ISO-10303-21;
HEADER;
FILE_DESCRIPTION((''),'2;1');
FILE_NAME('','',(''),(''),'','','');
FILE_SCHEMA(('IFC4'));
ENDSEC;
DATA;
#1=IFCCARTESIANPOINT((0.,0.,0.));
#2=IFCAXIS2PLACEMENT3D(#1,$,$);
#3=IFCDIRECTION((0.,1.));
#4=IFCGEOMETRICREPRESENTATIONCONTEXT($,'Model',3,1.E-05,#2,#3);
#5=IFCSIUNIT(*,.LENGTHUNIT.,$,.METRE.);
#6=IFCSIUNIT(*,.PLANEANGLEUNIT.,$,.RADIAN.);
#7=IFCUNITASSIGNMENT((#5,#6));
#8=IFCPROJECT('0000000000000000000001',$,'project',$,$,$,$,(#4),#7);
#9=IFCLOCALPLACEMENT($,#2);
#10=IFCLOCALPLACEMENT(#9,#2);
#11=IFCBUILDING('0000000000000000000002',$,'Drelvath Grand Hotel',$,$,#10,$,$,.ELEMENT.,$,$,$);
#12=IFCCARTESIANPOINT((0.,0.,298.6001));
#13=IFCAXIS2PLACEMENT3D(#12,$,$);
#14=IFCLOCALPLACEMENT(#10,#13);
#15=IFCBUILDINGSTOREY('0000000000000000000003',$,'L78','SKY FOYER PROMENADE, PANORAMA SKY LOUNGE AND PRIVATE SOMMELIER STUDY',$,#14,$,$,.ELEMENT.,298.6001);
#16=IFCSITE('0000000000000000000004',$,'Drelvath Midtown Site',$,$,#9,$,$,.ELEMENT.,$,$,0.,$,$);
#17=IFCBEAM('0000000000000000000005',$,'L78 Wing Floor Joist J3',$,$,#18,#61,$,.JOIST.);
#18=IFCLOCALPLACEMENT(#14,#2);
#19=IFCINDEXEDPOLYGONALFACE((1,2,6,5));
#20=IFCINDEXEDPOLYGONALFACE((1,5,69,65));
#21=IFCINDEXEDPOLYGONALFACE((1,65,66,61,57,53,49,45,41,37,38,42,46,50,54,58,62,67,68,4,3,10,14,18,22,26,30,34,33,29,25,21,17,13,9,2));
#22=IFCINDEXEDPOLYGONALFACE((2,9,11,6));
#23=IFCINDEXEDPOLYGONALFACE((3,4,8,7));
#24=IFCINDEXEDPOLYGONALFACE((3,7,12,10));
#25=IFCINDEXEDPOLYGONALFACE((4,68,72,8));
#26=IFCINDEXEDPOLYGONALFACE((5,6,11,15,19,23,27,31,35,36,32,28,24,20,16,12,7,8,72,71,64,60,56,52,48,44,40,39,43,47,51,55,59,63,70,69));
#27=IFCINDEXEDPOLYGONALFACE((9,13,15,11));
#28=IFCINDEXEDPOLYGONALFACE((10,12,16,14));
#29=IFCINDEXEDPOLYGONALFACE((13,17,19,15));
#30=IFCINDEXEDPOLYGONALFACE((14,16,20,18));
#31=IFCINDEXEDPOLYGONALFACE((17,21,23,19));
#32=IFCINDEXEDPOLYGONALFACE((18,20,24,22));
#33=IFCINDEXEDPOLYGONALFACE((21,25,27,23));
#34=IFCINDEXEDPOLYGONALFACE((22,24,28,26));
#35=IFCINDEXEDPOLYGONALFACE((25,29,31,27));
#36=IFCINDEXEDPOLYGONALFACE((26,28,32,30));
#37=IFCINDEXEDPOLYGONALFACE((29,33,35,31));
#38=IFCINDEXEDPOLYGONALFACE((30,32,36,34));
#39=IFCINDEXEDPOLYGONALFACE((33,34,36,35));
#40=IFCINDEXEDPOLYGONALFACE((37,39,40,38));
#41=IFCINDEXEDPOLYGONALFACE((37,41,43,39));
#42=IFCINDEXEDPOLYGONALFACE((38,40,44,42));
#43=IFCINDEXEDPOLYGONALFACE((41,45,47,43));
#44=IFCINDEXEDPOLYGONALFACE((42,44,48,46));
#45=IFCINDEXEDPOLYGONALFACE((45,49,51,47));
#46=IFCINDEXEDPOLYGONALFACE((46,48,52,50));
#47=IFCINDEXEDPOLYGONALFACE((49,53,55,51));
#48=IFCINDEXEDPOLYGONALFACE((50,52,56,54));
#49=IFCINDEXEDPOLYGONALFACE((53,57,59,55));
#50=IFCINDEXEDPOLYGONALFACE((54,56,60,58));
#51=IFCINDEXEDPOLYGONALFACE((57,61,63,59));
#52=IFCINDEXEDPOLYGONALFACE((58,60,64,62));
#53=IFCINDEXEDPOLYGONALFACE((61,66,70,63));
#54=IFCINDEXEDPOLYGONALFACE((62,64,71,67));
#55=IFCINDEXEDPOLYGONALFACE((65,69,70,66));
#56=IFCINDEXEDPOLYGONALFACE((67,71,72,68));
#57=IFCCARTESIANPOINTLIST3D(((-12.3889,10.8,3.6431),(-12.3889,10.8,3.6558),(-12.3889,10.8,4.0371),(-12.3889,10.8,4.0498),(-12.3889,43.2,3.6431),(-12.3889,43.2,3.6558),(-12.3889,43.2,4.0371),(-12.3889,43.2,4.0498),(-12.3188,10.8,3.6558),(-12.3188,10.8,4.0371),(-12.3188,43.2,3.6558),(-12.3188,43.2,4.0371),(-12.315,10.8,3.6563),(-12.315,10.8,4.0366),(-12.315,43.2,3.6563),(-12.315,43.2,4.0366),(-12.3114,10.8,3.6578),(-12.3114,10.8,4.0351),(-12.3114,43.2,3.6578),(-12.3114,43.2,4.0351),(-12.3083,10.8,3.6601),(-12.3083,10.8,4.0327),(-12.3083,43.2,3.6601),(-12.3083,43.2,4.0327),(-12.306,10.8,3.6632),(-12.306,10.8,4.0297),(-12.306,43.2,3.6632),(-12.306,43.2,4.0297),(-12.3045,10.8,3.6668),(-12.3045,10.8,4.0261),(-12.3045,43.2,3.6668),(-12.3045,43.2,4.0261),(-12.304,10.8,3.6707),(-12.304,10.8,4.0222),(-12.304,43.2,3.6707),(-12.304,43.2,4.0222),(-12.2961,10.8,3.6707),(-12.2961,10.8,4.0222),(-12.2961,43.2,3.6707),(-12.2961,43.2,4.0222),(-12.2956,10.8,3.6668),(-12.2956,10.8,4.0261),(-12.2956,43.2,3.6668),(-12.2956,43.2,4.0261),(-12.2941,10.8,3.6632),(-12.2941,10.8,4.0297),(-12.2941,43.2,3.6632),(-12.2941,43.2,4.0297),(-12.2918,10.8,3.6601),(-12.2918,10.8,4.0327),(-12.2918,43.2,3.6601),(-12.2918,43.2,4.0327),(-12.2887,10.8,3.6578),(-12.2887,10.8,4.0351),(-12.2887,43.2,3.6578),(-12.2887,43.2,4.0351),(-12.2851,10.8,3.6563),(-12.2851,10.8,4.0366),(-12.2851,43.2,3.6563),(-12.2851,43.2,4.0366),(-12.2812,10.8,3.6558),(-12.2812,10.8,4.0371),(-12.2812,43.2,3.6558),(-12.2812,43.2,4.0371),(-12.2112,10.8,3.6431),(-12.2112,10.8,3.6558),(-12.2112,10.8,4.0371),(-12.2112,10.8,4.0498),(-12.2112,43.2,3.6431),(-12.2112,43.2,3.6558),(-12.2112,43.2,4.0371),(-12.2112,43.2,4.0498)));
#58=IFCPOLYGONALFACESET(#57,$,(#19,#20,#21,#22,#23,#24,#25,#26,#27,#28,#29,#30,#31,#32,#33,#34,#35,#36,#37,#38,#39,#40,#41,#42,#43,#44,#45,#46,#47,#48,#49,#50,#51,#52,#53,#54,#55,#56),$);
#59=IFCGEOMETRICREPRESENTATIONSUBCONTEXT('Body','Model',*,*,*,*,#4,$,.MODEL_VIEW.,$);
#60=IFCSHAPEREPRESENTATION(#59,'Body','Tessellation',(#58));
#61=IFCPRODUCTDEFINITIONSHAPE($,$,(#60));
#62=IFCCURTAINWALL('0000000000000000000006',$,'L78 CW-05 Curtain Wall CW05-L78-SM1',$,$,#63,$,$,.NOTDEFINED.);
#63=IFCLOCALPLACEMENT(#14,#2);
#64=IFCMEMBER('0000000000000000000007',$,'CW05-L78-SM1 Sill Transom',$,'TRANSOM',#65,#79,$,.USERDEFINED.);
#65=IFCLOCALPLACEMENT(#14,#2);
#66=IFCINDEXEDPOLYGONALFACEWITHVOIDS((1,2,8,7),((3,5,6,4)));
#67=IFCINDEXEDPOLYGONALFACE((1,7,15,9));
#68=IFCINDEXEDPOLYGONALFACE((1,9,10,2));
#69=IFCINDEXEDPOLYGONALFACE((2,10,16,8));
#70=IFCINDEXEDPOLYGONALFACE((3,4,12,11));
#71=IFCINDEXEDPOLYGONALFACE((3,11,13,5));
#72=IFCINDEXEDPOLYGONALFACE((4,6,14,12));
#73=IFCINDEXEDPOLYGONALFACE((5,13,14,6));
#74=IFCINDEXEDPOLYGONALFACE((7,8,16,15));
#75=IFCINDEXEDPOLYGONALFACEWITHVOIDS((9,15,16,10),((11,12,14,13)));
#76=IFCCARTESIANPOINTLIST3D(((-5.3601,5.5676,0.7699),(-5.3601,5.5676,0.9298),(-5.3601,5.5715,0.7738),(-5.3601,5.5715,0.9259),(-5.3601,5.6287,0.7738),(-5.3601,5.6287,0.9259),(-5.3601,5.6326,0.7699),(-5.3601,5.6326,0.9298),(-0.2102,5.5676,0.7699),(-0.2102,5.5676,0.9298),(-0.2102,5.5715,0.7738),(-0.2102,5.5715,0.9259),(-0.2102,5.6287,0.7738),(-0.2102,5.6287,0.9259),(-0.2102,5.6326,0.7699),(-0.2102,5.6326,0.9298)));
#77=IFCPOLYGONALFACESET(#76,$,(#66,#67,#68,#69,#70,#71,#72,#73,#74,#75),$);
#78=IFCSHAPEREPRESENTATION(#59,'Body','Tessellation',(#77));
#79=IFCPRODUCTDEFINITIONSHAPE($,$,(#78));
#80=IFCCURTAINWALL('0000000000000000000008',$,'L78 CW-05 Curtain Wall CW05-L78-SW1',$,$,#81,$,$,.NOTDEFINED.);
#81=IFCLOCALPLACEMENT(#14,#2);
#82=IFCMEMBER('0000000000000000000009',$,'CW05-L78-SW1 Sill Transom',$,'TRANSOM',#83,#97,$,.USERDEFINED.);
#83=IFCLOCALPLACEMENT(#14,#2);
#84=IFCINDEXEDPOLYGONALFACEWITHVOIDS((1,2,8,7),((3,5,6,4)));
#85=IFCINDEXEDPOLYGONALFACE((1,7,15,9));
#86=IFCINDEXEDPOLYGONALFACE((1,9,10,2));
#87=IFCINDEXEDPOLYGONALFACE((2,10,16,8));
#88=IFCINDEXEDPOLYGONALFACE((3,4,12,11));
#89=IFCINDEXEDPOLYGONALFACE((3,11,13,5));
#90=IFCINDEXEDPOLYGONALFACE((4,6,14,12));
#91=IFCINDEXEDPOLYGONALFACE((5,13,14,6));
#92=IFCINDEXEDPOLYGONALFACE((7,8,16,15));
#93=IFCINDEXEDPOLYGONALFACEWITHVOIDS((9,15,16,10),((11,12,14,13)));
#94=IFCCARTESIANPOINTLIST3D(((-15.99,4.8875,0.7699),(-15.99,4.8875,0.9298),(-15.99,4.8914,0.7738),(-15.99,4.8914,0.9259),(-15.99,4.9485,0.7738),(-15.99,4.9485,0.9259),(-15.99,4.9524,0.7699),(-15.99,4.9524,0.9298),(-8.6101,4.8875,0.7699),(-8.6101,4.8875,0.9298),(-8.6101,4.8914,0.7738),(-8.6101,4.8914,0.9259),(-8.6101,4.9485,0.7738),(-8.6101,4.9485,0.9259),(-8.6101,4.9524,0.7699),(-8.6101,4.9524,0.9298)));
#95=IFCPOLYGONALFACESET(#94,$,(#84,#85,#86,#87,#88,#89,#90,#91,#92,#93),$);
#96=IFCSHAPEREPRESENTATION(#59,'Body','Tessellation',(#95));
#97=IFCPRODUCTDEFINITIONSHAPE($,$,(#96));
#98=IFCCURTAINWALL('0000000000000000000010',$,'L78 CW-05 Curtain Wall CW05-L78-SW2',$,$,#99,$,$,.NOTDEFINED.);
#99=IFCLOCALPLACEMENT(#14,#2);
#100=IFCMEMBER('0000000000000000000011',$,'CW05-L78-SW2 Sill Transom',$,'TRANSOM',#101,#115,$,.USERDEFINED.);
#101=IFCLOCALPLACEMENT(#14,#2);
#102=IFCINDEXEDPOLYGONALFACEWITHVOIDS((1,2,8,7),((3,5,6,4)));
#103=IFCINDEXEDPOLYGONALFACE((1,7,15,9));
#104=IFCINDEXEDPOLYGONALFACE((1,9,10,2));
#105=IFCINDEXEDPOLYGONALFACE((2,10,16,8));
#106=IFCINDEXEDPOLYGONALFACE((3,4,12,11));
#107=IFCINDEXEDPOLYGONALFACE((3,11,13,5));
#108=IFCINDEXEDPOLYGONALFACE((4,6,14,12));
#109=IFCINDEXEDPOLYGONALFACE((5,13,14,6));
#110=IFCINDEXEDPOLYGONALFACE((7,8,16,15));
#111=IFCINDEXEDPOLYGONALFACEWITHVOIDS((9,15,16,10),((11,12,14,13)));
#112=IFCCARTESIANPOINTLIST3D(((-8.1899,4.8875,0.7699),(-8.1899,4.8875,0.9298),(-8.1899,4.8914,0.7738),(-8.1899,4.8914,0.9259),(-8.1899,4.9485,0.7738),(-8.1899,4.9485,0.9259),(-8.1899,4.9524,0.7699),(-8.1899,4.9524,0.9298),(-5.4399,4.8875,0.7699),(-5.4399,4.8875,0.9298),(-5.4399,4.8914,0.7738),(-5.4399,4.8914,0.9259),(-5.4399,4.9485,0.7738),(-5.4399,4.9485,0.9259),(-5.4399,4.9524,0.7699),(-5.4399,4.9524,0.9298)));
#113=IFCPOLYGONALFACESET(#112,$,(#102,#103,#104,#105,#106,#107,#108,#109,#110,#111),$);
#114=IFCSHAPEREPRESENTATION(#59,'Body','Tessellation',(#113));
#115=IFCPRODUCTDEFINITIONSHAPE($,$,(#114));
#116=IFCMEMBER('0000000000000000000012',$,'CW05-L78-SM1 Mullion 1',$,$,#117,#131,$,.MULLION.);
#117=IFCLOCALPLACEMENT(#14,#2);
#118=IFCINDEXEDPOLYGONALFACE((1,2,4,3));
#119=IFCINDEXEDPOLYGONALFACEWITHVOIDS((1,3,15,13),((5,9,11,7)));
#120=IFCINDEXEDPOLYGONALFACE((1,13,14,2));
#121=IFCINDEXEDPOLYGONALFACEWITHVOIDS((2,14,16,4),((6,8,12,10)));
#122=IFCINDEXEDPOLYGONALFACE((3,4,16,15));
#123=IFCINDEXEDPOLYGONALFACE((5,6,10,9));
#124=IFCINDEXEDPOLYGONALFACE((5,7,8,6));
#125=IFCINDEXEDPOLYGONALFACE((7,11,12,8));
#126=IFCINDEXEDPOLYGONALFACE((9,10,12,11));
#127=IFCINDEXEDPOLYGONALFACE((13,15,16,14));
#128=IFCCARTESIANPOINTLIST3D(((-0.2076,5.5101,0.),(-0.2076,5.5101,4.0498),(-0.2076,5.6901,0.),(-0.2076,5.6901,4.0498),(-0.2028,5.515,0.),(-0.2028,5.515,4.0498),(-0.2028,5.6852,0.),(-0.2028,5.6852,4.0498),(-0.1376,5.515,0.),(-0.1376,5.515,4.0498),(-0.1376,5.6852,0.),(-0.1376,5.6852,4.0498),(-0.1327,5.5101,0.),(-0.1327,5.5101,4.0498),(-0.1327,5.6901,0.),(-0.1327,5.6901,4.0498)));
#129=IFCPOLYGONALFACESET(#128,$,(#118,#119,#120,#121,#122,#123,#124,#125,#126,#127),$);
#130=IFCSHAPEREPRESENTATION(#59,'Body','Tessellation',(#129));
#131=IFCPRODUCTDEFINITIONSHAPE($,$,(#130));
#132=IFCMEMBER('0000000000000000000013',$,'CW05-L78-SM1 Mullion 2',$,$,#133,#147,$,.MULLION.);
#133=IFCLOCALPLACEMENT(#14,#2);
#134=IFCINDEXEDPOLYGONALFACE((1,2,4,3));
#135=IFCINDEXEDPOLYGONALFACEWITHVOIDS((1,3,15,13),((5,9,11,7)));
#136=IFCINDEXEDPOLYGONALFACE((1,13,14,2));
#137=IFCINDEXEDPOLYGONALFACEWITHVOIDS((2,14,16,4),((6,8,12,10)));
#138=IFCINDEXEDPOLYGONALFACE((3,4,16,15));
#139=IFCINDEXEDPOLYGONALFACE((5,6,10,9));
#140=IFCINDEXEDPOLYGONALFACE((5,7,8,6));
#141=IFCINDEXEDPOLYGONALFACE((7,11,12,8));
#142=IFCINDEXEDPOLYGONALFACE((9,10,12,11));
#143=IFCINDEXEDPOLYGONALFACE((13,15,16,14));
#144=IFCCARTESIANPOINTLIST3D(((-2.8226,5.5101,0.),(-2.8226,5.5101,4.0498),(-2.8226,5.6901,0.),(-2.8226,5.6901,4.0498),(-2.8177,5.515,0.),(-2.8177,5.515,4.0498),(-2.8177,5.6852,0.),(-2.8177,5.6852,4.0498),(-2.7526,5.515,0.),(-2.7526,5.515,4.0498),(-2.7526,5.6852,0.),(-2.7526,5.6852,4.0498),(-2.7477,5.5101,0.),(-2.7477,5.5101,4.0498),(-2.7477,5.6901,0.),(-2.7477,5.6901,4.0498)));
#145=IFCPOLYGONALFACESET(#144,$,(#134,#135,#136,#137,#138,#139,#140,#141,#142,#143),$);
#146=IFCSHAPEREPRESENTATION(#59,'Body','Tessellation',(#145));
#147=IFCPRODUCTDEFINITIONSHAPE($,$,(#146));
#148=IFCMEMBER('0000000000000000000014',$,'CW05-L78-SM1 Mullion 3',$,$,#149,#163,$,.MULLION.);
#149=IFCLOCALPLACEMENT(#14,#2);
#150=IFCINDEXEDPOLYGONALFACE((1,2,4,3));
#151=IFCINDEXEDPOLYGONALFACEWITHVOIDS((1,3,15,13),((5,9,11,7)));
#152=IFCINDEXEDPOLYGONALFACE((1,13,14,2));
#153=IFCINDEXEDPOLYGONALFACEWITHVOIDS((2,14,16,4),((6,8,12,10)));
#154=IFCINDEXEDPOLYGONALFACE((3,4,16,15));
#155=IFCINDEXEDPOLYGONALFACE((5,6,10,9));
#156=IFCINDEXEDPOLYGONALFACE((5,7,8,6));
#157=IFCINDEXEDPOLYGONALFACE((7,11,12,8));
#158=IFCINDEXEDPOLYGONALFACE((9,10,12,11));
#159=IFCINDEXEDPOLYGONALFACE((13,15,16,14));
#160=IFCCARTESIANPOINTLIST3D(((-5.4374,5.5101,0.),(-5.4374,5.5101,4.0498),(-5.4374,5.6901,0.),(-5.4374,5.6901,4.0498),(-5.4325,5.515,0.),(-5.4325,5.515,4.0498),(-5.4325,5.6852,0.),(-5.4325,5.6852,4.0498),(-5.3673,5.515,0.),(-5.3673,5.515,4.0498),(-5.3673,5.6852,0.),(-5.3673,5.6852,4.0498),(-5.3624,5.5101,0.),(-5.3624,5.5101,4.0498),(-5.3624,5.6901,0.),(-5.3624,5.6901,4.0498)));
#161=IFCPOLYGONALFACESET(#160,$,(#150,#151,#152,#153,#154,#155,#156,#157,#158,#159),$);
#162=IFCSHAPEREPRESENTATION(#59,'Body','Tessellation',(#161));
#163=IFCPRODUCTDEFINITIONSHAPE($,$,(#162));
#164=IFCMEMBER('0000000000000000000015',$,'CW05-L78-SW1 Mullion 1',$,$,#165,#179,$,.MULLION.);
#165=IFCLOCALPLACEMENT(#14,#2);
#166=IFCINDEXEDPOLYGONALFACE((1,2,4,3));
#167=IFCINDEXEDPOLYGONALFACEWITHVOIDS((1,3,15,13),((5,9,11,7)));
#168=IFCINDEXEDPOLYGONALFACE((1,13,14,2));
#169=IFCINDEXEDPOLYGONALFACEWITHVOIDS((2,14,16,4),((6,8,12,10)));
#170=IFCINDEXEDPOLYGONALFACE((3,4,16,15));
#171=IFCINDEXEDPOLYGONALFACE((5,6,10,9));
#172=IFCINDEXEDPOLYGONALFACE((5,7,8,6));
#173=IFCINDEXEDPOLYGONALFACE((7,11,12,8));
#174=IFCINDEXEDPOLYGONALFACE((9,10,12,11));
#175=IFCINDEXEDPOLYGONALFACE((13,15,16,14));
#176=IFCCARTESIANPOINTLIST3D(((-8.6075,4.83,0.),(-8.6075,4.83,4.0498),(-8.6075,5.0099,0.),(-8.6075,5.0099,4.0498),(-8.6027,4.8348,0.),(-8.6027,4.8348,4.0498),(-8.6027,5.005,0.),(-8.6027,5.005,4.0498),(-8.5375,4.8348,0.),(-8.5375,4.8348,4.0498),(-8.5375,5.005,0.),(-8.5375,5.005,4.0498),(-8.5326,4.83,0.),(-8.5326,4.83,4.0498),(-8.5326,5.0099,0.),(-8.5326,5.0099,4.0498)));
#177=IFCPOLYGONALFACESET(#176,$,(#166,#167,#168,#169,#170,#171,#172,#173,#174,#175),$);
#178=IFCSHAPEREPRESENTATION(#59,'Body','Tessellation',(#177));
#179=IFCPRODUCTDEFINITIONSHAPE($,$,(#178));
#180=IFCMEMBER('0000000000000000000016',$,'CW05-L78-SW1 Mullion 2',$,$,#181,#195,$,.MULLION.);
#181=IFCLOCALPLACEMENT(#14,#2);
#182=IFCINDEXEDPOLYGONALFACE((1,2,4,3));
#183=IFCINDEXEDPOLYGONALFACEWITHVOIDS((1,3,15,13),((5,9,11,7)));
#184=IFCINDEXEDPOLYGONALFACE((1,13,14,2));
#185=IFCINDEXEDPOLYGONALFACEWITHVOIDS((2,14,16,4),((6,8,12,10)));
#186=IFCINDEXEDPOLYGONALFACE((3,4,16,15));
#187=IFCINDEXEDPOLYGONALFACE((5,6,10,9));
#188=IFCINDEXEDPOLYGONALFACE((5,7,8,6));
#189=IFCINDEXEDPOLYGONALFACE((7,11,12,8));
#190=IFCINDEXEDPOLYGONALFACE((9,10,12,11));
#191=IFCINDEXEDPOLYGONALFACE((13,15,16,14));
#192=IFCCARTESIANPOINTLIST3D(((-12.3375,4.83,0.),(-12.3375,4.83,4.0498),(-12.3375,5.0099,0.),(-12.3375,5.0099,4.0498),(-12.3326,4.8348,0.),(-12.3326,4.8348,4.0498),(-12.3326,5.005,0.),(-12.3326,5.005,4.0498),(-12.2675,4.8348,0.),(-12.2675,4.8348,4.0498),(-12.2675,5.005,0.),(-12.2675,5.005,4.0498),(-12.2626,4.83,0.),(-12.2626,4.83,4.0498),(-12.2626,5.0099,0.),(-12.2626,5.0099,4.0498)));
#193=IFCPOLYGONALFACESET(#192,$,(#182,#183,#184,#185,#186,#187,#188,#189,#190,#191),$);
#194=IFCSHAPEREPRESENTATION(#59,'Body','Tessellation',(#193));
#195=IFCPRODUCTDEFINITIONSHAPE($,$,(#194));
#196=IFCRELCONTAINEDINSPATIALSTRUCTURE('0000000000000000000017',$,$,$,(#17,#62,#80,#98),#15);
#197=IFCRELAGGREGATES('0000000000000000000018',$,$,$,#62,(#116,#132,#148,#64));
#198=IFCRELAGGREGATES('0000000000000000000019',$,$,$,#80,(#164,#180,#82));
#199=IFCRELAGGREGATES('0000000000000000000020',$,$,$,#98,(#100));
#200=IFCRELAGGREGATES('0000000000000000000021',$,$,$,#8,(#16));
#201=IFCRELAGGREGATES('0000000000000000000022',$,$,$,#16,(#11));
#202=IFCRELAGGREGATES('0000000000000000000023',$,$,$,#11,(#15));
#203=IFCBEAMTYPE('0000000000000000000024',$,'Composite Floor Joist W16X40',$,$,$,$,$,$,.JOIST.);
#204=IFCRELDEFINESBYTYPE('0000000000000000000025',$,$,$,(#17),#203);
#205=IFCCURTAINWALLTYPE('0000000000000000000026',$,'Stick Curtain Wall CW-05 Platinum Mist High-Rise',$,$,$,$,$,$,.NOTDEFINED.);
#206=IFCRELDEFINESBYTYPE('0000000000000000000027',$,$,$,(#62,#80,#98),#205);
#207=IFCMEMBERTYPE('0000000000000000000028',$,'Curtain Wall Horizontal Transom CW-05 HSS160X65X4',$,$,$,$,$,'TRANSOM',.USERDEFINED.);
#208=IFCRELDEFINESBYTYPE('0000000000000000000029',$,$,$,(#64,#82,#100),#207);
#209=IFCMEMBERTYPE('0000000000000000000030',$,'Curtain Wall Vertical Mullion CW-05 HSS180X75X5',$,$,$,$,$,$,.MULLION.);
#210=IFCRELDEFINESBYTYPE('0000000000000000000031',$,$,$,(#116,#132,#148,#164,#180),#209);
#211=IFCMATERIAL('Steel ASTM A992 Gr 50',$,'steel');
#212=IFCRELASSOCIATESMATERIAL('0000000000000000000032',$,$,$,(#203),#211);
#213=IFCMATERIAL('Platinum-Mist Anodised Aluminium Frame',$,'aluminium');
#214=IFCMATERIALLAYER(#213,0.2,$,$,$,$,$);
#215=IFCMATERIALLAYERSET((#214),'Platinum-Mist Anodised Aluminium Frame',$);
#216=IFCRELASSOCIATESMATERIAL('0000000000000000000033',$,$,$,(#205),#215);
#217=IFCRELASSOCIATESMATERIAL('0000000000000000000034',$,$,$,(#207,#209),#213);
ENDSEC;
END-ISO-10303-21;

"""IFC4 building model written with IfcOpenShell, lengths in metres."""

from ifc_helpers import new_model, si_unit, direction, frame, origin, origin_2d, place, context, subcontext, project, spatial, hollow_rectangle, i_section, extrude, material, layer, layer_set, material_profile, profile_set, type_object, element, aggregate, save


model = new_model("IFC4")

# Units and contexts
model_context = context("Model", 3, precision=1e-05, world=origin(), true_north=direction((0.0, 1.0)))
body_context = subcontext(model_context, "Body", "Model", "MODEL_VIEW")
ifc_project = project(units=[si_unit("LENGTHUNIT", "METRE"), si_unit("PLANEANGLEUNIT", "RADIAN")], contexts=[model_context])

# Site, building, storey
site_placement = place(None, origin())
site = spatial("IfcSite", under=ifc_project, at=site_placement, Name="Drelvath Midtown Site", CompositionType="ELEMENT", RefElevation=0.0)
building_placement = place(site_placement, origin())
building = spatial("IfcBuilding", under=site, at=building_placement, Name="Drelvath Grand Hotel", CompositionType="ELEMENT")
storey_placement = place(building_placement, frame((0.0, 0.0, 298.6001)))
storey = spatial("IfcBuildingStorey", under=building, at=storey_placement, Name="L78", Description="SKY FOYER PROMENADE, PANORAMA SKY LOUNGE AND PRIVATE SOMMELIER STUDY", CompositionType="ELEMENT", Elevation=298.6001)

# Beam
ifc_material_1 = material(Name="Steel ASTM A992 Gr 50", Category="steel")
ifc_material_profile_1 = material_profile(ifc_material_1, i_section(OverallWidth=0.1777, OverallDepth=0.4067, WebThickness=0.0078, FlangeThickness=0.0127, FilletRadius=0.0149, at=origin_2d()), Name="W16X40")
ifc_profile_set_1 = profile_set([ifc_material_profile_1], Name="Steel ASTM A992 Gr 50")
beam_type_1 = type_object("IfcBeamType", Name="Composite Floor Joist W16X40", PredefinedType="JOIST", material=ifc_profile_set_1)
beam_1_placement = place(storey_placement, frame((-12.3, 10.8, 3.8464), z_axis=(0.0, 1.0, 0.0), x_axis=(-1.0, 0.0, 0.0)))
element("IfcBeam", 1, at=beam_1_placement, inside=storey, type_object=beam_type_1, Name="L78 Wing Floor Joist J3", PredefinedType="JOIST", context=body_context, shape_type="SweptSolid", body=[
    extrude(i_section(OverallWidth=0.1777, OverallDepth=0.4067, WebThickness=0.0078, FlangeThickness=0.0127, FilletRadius=0.0149, at=origin_2d()), origin(), (0.0, 0.0, 1.0), 32.3999),
])

# Curtain walls, members
ifc_material_2 = material(Name="Platinum-Mist Anodised Aluminium Frame", Category="aluminium")
ifc_layer_1 = layer(ifc_material_2, 0.2)
ifc_layer_set_1 = layer_set([ifc_layer_1], Name="Platinum-Mist Anodised Aluminium Frame")
curtain_wall_type = type_object("IfcCurtainWallType", Name="Stick Curtain Wall CW-05 Platinum Mist High-Rise", PredefinedType="NOTDEFINED", material=ifc_layer_set_1)
curtain_wall_1_placement = place(storey_placement, origin())
curtain_wall_1 = element("IfcCurtainWall", 2, at=curtain_wall_1_placement, inside=storey, type_object=curtain_wall_type, Name="L78 CW-05 Curtain Wall CW05-L78-SM1", PredefinedType="NOTDEFINED")
ifc_material_profile_2 = material_profile(ifc_material_2, hollow_rectangle(XDim=0.0649, YDim=0.1599, WallThickness=0.0039, at=origin_2d()), Name="HSS160X65X4")
ifc_profile_set_2 = profile_set([ifc_material_profile_2], Name="Platinum-Mist Anodised Aluminium Frame")
member_type_1 = type_object("IfcMemberType", Name="Curtain Wall Horizontal Transom CW-05 HSS160X65X4", ElementType="TRANSOM", PredefinedType="USERDEFINED", material=ifc_profile_set_2)
member_1_placement = place(storey_placement, frame((-0.2102, 5.6001, 0.8499), z_axis=(-1.0, 0.0, 0.0), x_axis=(0.0, -1.0, 0.0)))
member_1 = element("IfcMember", 3, at=member_1_placement, type_object=member_type_1, Name="CW05-L78-SM1 Sill Transom", ObjectType="TRANSOM", PredefinedType="USERDEFINED", context=body_context, shape_type="SweptSolid", body=[
    extrude(hollow_rectangle(XDim=0.0649, YDim=0.1599, WallThickness=0.0039, at=origin_2d()), origin(), (0.0, 0.0, 1.0), 5.1499),
])
curtain_wall_2_placement = place(storey_placement, origin())
curtain_wall_2 = element("IfcCurtainWall", 4, at=curtain_wall_2_placement, inside=storey, type_object=curtain_wall_type, Name="L78 CW-05 Curtain Wall CW05-L78-SW1", PredefinedType="NOTDEFINED")
member_2_placement = place(storey_placement, frame((-8.6101, 4.9199, 0.8499), z_axis=(-1.0, 0.0, 0.0), x_axis=(0.0, -1.0, 0.0)))
member_2 = element("IfcMember", 5, at=member_2_placement, type_object=member_type_1, Name="CW05-L78-SW1 Sill Transom", ObjectType="TRANSOM", PredefinedType="USERDEFINED", context=body_context, shape_type="SweptSolid", body=[
    extrude(hollow_rectangle(XDim=0.0649, YDim=0.1599, WallThickness=0.0039, at=origin_2d()), origin(), (0.0, 0.0, 1.0), 7.3799),
])
curtain_wall_3_placement = place(storey_placement, origin())
curtain_wall_3 = element("IfcCurtainWall", 6, at=curtain_wall_3_placement, inside=storey, type_object=curtain_wall_type, Name="L78 CW-05 Curtain Wall CW05-L78-SW2", PredefinedType="NOTDEFINED")
member_3_placement = place(storey_placement, frame((-5.4399, 4.9199, 0.8499), z_axis=(-1.0, 0.0, 0.0), x_axis=(0.0, -1.0, 0.0)))
member_3 = element("IfcMember", 7, at=member_3_placement, type_object=member_type_1, Name="CW05-L78-SW2 Sill Transom", ObjectType="TRANSOM", PredefinedType="USERDEFINED", context=body_context, shape_type="SweptSolid", body=[
    extrude(hollow_rectangle(XDim=0.0649, YDim=0.1599, WallThickness=0.0039, at=origin_2d()), origin(), (0.0, 0.0, 1.0), 2.75),
])

# Members
ifc_material_profile_3 = material_profile(ifc_material_2, hollow_rectangle(XDim=0.075, YDim=0.1799, WallThickness=0.0049, at=origin_2d()), Name="HSS180X75X5")
ifc_profile_set_3 = profile_set([ifc_material_profile_3], Name="Platinum-Mist Anodised Aluminium Frame")
member_type_2 = type_object("IfcMemberType", Name="Curtain Wall Vertical Mullion CW-05 HSS180X75X5", PredefinedType="MULLION", material=ifc_profile_set_3)
member_4_placement = place(storey_placement, frame((-0.1702, 5.6001, 0.0), z_axis=(0.0, 0.0, 1.0), x_axis=(1.0, 0.0, 0.0)))
member_4 = element("IfcMember", 8, at=member_4_placement, type_object=member_type_2, Name="CW05-L78-SM1 Mullion 1", PredefinedType="MULLION", context=body_context, shape_type="SweptSolid", body=[
    extrude(hollow_rectangle(XDim=0.075, YDim=0.1799, WallThickness=0.0049, at=origin_2d()), origin(), (0.0, 0.0, 1.0), 4.0498),
])
member_5_placement = place(storey_placement, frame((-2.7852, 5.6001, 0.0), z_axis=(0.0, 0.0, 1.0), x_axis=(1.0, 0.0, 0.0)))
member_5 = element("IfcMember", 9, at=member_5_placement, type_object=member_type_2, Name="CW05-L78-SM1 Mullion 2", PredefinedType="MULLION", context=body_context, shape_type="SweptSolid", body=[
    extrude(hollow_rectangle(XDim=0.075, YDim=0.1799, WallThickness=0.0049, at=origin_2d()), origin(), (0.0, 0.0, 1.0), 4.0498),
])
member_6_placement = place(storey_placement, frame((-5.3999, 5.6001, 0.0), z_axis=(0.0, 0.0, 1.0), x_axis=(1.0, 0.0, 0.0)))
member_6 = element("IfcMember", 10, at=member_6_placement, type_object=member_type_2, Name="CW05-L78-SM1 Mullion 3", PredefinedType="MULLION", context=body_context, shape_type="SweptSolid", body=[
    extrude(hollow_rectangle(XDim=0.075, YDim=0.1799, WallThickness=0.0049, at=origin_2d()), origin(), (0.0, 0.0, 1.0), 4.0498),
])
member_7_placement = place(storey_placement, frame((-8.5701, 4.9199, 0.0), z_axis=(0.0, 0.0, 1.0), x_axis=(1.0, 0.0, 0.0)))
member_7 = element("IfcMember", 11, at=member_7_placement, type_object=member_type_2, Name="CW05-L78-SW1 Mullion 1", PredefinedType="MULLION", context=body_context, shape_type="SweptSolid", body=[
    extrude(hollow_rectangle(XDim=0.075, YDim=0.1799, WallThickness=0.0049, at=origin_2d()), origin(), (0.0, 0.0, 1.0), 4.0498),
])
member_8_placement = place(storey_placement, frame((-12.3, 4.9199, 0.0), z_axis=(0.0, 0.0, 1.0), x_axis=(1.0, 0.0, 0.0)))
member_8 = element("IfcMember", 12, at=member_8_placement, type_object=member_type_2, Name="CW05-L78-SW1 Mullion 2", PredefinedType="MULLION", context=body_context, shape_type="SweptSolid", body=[
    extrude(hollow_rectangle(XDim=0.075, YDim=0.1799, WallThickness=0.0049, at=origin_2d()), origin(), (0.0, 0.0, 1.0), 4.0498),
])

aggregate(curtain_wall_1, [member_4, member_5, member_6, member_1])
aggregate(curtain_wall_2, [member_7, member_8, member_2])
aggregate(curtain_wall_3, [member_3])

save(model, "model.ifc")
